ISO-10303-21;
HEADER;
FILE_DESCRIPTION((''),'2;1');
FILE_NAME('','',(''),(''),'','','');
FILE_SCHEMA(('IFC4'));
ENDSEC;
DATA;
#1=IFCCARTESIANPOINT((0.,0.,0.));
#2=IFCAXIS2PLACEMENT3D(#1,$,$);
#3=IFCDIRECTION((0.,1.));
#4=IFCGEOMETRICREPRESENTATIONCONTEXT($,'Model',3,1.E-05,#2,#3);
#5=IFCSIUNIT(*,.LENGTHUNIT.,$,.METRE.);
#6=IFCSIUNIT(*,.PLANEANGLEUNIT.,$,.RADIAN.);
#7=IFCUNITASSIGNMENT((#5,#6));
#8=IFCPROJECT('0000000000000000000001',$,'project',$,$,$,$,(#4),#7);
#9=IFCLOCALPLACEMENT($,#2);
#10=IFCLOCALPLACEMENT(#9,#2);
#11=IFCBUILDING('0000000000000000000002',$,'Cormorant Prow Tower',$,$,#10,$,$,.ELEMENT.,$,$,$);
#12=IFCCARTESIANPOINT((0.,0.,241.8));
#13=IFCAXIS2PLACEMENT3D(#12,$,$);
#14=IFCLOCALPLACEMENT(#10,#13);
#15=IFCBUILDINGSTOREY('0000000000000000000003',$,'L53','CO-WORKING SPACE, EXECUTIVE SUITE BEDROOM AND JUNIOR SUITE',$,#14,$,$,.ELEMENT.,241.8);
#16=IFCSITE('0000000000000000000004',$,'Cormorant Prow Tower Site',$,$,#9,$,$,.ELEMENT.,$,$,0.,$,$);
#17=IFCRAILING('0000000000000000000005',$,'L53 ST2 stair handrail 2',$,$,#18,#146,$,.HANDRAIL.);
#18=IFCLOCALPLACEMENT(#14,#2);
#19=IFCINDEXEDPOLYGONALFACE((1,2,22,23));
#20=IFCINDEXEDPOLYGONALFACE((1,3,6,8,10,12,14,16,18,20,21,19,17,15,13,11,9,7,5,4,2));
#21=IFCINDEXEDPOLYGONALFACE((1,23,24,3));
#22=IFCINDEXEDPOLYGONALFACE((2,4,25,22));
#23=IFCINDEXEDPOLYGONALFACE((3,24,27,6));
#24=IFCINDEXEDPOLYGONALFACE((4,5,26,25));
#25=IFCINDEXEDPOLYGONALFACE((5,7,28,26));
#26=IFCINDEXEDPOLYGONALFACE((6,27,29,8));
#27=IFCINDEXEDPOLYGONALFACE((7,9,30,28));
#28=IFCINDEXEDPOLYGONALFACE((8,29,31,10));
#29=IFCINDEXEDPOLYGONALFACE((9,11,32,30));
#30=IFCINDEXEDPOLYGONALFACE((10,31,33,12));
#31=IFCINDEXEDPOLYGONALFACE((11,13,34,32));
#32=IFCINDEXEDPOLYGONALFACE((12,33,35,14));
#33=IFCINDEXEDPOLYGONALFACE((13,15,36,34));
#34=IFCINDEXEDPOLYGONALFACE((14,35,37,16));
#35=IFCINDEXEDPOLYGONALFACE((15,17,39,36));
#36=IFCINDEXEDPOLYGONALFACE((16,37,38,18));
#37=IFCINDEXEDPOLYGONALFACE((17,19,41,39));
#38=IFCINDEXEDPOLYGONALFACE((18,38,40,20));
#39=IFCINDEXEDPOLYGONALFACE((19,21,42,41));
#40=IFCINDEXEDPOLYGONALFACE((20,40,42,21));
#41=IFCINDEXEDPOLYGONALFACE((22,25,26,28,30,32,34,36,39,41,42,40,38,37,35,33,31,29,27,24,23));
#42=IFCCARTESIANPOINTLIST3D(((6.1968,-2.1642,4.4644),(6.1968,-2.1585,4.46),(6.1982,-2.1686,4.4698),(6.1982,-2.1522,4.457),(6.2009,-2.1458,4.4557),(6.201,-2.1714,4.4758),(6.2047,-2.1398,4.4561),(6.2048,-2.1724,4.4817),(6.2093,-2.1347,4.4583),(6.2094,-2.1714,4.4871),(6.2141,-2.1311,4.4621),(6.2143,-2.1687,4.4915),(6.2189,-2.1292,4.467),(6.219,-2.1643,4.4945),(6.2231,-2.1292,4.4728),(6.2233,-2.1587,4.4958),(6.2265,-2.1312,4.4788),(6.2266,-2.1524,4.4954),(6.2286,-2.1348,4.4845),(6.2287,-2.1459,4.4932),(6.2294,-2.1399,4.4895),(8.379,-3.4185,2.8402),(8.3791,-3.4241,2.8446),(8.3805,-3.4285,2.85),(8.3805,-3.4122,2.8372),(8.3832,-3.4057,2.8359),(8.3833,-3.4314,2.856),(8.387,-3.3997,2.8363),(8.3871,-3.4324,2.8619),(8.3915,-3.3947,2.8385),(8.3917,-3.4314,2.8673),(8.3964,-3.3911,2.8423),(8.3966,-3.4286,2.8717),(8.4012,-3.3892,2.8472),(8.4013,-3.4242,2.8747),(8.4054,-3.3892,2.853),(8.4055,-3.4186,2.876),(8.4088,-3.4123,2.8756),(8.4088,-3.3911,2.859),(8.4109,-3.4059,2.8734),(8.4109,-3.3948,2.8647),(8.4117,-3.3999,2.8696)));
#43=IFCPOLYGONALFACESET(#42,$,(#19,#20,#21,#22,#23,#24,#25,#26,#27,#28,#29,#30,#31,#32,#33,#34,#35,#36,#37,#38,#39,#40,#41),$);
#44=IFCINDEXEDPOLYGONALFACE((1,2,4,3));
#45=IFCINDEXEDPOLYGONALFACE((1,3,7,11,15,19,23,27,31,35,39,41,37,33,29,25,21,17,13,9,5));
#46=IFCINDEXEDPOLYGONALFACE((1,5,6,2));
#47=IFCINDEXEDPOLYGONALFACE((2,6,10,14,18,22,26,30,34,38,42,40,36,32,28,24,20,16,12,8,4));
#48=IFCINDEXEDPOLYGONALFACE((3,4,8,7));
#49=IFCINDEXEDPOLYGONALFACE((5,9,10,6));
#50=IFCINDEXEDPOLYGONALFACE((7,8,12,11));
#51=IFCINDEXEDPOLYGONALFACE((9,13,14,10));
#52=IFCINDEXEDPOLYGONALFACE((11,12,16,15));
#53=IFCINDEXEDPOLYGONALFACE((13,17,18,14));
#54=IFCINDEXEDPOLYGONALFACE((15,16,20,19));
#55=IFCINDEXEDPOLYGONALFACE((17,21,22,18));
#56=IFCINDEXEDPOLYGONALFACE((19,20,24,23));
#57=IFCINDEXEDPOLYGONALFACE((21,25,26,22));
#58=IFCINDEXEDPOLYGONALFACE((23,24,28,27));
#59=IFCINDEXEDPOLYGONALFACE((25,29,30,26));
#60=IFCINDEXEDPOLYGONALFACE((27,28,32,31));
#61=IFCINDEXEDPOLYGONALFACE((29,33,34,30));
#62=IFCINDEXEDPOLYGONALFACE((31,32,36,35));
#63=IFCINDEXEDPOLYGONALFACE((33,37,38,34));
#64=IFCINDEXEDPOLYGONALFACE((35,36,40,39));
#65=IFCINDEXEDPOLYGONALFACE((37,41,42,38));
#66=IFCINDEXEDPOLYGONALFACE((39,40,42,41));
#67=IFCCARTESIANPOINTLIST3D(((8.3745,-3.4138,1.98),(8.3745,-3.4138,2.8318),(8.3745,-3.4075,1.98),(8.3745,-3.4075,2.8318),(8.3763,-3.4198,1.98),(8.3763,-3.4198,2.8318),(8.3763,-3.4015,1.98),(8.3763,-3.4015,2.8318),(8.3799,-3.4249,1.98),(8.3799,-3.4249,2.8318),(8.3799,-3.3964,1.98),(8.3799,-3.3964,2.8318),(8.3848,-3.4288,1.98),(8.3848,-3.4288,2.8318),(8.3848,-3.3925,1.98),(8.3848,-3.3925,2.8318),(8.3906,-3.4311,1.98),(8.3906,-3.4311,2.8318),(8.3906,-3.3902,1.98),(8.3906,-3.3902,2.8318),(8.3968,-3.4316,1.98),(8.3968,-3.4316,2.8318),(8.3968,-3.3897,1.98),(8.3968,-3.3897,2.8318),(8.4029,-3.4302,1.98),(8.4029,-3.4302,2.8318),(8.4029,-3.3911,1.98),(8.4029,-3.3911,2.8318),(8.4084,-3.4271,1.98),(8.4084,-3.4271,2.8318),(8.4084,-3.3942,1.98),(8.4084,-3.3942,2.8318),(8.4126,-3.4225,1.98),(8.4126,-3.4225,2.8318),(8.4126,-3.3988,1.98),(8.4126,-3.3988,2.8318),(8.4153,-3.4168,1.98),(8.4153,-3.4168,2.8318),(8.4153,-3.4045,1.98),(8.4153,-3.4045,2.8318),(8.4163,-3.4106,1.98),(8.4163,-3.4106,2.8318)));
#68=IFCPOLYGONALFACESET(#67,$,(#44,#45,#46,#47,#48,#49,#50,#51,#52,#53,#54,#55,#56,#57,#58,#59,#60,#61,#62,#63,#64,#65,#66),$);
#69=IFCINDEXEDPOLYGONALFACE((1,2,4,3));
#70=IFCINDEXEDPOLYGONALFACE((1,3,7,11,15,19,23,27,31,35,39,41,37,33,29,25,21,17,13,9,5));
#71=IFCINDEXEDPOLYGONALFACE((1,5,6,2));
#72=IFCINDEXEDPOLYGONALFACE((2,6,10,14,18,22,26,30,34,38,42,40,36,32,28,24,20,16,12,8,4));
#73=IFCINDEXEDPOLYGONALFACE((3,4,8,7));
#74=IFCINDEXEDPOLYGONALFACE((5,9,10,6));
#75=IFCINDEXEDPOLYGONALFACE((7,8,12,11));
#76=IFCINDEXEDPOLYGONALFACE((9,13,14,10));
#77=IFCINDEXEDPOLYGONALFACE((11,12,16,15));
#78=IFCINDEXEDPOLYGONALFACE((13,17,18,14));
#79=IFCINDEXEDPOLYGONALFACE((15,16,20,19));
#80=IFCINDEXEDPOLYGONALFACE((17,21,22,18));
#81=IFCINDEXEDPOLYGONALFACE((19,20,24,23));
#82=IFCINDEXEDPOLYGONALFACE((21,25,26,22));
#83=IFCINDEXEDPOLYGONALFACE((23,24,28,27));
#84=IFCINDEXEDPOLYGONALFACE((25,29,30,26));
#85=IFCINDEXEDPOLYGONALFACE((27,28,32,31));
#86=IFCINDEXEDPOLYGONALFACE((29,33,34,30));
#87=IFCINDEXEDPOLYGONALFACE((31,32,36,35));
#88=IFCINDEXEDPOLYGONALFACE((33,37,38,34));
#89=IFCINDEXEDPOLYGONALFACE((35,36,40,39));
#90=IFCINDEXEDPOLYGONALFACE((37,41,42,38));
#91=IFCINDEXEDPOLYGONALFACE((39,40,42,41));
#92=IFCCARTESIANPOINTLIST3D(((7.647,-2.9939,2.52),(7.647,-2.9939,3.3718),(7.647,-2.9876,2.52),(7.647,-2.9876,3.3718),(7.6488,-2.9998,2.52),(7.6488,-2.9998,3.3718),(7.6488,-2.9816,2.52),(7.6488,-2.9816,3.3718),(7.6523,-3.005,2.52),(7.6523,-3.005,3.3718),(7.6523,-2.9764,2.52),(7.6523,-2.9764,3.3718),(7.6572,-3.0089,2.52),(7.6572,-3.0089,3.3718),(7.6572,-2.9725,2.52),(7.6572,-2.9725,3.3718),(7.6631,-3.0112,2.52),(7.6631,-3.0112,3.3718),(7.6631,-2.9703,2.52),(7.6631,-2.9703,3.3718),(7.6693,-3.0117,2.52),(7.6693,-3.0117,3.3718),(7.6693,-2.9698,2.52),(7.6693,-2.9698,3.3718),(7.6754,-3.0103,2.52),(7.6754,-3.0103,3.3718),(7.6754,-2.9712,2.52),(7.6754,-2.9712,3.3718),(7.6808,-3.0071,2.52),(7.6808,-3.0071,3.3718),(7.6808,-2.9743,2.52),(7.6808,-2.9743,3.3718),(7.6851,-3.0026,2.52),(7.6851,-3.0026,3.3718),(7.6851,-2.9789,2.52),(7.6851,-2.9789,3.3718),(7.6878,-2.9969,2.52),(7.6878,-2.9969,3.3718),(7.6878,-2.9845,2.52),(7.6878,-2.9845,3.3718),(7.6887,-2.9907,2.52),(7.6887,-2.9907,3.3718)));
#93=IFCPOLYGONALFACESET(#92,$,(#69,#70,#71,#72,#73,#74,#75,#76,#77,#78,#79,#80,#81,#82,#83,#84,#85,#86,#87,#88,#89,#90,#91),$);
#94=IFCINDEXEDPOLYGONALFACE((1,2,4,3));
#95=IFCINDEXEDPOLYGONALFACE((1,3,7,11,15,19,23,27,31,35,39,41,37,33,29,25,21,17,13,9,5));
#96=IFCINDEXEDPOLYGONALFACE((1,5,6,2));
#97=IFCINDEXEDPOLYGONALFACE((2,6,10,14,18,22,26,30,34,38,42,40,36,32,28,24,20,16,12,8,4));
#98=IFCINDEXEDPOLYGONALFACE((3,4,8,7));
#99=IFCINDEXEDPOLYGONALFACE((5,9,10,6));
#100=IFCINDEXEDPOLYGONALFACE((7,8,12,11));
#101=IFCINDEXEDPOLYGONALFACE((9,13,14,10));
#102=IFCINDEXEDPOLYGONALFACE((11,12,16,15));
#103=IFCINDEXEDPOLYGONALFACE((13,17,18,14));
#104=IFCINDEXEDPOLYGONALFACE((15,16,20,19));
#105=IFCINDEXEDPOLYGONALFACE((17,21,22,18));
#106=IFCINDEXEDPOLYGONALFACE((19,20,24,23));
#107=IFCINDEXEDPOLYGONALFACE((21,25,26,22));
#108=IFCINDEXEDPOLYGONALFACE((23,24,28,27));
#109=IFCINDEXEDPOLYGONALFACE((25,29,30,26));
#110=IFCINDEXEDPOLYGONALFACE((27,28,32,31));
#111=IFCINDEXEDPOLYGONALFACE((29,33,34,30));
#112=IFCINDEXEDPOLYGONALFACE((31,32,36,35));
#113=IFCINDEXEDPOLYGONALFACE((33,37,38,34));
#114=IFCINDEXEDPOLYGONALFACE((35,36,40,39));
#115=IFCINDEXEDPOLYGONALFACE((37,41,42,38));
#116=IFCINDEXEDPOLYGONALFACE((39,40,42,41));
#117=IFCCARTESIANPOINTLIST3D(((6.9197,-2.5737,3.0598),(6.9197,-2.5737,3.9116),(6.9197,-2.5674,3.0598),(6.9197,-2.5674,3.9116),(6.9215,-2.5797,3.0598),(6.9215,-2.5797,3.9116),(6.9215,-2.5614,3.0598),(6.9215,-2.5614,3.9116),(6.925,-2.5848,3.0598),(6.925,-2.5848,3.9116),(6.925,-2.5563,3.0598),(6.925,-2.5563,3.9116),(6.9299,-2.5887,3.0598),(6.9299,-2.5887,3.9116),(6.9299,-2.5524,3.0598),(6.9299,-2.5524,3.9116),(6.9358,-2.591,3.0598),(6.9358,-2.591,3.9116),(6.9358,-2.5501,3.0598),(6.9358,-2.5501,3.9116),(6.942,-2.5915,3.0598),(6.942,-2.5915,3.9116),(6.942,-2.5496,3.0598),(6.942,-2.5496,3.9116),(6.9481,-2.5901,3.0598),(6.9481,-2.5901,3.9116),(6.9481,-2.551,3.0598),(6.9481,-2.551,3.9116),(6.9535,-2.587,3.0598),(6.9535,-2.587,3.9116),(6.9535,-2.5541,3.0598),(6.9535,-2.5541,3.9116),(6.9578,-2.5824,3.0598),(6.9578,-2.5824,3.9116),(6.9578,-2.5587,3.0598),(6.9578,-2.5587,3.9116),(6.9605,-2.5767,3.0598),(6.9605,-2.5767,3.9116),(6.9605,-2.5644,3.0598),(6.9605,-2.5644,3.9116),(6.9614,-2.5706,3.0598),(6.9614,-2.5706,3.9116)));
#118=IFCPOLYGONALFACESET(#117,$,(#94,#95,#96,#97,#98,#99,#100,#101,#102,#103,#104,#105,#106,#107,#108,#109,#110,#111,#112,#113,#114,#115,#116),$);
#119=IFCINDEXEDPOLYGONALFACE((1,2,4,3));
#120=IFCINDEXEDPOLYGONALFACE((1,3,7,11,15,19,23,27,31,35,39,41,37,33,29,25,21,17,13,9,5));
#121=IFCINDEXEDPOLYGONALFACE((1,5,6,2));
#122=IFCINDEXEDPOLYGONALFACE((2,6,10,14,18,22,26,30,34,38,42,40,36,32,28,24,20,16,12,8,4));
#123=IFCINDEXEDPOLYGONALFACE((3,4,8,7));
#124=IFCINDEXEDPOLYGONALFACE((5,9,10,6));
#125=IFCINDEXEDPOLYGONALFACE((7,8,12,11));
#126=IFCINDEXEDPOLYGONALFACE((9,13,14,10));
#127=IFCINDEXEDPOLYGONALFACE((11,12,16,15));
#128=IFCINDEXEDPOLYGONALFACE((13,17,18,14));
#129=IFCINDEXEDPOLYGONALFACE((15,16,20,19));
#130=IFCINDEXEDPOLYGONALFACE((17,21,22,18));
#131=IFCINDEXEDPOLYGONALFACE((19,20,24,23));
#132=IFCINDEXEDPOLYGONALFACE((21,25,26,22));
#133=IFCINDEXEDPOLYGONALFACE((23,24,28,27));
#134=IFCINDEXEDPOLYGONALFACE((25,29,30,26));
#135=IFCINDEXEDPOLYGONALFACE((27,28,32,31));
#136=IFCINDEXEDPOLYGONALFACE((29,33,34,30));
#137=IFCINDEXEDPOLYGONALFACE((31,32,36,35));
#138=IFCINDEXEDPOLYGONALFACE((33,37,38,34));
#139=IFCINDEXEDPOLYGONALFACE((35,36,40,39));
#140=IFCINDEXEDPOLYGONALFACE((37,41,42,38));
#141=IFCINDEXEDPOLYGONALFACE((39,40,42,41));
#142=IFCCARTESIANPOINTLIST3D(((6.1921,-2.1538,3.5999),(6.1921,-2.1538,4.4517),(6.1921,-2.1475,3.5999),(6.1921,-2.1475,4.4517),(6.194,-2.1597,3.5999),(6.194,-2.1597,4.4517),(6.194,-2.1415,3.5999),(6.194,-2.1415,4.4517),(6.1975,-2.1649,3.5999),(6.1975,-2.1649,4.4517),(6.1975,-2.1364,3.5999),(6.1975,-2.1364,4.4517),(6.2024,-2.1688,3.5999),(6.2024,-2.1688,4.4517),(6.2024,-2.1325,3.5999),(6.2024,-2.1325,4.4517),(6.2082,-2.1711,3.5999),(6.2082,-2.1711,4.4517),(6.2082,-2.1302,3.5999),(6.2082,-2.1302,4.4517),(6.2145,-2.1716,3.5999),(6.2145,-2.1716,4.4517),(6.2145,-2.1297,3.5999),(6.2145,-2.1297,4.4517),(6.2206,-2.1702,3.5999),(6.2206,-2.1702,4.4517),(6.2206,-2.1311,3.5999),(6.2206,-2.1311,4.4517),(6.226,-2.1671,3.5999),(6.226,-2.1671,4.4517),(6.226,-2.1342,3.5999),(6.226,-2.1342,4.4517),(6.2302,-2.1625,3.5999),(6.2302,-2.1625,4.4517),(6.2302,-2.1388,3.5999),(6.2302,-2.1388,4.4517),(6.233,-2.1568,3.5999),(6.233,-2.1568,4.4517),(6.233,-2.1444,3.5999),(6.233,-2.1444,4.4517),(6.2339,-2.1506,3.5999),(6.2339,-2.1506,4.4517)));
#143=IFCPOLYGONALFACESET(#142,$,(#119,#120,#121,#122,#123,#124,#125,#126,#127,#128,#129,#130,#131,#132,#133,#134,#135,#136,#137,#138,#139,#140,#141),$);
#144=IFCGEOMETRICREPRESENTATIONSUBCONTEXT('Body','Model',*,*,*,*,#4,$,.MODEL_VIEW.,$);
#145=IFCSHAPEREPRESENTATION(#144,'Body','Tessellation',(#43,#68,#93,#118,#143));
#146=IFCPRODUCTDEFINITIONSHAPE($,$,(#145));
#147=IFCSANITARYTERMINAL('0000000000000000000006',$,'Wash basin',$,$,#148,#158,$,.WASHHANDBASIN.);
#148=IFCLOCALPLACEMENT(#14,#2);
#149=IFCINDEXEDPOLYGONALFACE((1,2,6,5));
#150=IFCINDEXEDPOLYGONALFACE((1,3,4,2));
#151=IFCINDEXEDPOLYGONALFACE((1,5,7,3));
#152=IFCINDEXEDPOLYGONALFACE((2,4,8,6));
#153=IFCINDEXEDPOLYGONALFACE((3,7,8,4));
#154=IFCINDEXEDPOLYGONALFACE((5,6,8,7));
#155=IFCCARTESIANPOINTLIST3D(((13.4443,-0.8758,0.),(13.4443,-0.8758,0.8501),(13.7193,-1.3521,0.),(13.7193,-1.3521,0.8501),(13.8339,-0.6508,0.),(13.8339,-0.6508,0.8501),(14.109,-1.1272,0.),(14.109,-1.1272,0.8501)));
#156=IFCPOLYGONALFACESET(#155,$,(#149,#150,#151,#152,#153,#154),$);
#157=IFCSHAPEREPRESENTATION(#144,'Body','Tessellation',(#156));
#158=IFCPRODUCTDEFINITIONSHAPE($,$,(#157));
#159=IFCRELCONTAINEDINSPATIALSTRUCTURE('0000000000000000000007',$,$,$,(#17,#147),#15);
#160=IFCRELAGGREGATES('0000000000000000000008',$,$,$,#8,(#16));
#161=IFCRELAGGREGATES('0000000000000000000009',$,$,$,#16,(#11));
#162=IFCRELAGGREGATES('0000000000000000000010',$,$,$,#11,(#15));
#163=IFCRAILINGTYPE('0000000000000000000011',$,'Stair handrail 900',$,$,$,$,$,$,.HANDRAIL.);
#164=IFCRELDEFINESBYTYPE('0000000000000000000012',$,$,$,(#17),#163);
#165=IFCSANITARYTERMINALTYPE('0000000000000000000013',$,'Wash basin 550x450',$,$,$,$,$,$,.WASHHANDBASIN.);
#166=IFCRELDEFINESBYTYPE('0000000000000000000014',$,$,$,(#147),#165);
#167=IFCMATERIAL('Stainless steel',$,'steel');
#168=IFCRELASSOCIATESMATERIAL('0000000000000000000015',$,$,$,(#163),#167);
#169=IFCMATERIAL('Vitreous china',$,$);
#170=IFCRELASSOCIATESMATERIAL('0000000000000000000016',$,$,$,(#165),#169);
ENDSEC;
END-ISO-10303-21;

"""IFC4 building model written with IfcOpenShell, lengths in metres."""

from ifc_helpers import new_model, si_unit, direction, frame, origin, origin_2d, place, context, subcontext, project, spatial, rectangle, circle, extrude, material, type_object, element, save


model = new_model("IFC4")

# Units and contexts
model_context = context("Model", 3, precision=1e-05, world=origin(), true_north=direction((0.0, 1.0)))
body_context = subcontext(model_context, "Body", "Model", "MODEL_VIEW")
ifc_project = project(units=[si_unit("LENGTHUNIT", "METRE"), si_unit("PLANEANGLEUNIT", "RADIAN")], contexts=[model_context])

# Site, building, storey
site_placement = place(None, origin())
site = spatial("IfcSite", under=ifc_project, at=site_placement, Name="Cormorant Prow Tower Site", CompositionType="ELEMENT", RefElevation=0.0)
building_placement = place(site_placement, origin())
building = spatial("IfcBuilding", under=site, at=building_placement, Name="Cormorant Prow Tower", CompositionType="ELEMENT")
storey_placement = place(building_placement, frame((0.0, 0.0, 241.8)))
storey = spatial("IfcBuildingStorey", under=building, at=storey_placement, Name="L53", Description="CO-WORKING SPACE, EXECUTIVE SUITE BEDROOM AND JUNIOR SUITE", CompositionType="ELEMENT", Elevation=241.8)

# Railing
ifc_material_1 = material(Name="Stainless steel", Category="steel")
railing_type_1 = type_object("IfcRailingType", Name="Stair handrail 900", PredefinedType="HANDRAIL", material=ifc_material_1)
railing_1_placement = place(storey_placement, frame((8.3953, -3.4106, 1.98)))
element("IfcRailing", 1, at=railing_1_placement, inside=storey, type_object=railing_type_1, Name="L53 ST2 stair handrail 2", PredefinedType="HANDRAIL", context=body_context, shape_type="SweptSolid", body=[
    extrude(circle(Radius=0.0239, at=origin_2d()), frame((0.0, 0.0, 0.876), z_axis=(-0.728496, 0.420603, 0.540728), x_axis=(-0.500005, -0.866023, 0.0)), (0.0, 0.0, 1.0), 2.9956),
    extrude(circle(Radius=0.021, at=origin_2d()), origin(), (0.0, 0.0, 1.0), 0.8518),
    extrude(circle(Radius=0.021, at=origin_2d()), frame((-0.7275, 0.4199, 0.54)), (0.0, 0.0, 1.0), 0.8518),
    extrude(circle(Radius=0.021, at=origin_2d()), frame((-1.4548, 0.8401, 1.0798)), (0.0, 0.0, 1.0), 0.8518),
    extrude(circle(Radius=0.021, at=origin_2d()), frame((-2.1824, 1.26, 1.6199)), (0.0, 0.0, 1.0), 0.8518),
])

# Sanitary terminal
ifc_material_2 = material(Name="Vitreous china")
sanitary_terminal_type = type_object("IfcSanitaryTerminalType", Name="Wash basin 550x450", PredefinedType="WASHHANDBASIN", material=ifc_material_2)
sanitary_terminal_placement = place(storey_placement, frame((13.7766, -1.0015, 0.0), z_axis=(0.0, 0.0, 1.0), x_axis=(-0.5, 0.866025, 0.0)))
element("IfcSanitaryTerminal", 2, at=sanitary_terminal_placement, inside=storey, type_object=sanitary_terminal_type, Name="Wash basin", PredefinedType="WASHHANDBASIN", context=body_context, shape_type="SweptSolid", body=[
    extrude(rectangle(XDim=0.55, YDim=0.45, at=origin_2d()), origin(), (0.0, 0.0, 1.0), 0.8501),
])

save(model, "model.ifc")
